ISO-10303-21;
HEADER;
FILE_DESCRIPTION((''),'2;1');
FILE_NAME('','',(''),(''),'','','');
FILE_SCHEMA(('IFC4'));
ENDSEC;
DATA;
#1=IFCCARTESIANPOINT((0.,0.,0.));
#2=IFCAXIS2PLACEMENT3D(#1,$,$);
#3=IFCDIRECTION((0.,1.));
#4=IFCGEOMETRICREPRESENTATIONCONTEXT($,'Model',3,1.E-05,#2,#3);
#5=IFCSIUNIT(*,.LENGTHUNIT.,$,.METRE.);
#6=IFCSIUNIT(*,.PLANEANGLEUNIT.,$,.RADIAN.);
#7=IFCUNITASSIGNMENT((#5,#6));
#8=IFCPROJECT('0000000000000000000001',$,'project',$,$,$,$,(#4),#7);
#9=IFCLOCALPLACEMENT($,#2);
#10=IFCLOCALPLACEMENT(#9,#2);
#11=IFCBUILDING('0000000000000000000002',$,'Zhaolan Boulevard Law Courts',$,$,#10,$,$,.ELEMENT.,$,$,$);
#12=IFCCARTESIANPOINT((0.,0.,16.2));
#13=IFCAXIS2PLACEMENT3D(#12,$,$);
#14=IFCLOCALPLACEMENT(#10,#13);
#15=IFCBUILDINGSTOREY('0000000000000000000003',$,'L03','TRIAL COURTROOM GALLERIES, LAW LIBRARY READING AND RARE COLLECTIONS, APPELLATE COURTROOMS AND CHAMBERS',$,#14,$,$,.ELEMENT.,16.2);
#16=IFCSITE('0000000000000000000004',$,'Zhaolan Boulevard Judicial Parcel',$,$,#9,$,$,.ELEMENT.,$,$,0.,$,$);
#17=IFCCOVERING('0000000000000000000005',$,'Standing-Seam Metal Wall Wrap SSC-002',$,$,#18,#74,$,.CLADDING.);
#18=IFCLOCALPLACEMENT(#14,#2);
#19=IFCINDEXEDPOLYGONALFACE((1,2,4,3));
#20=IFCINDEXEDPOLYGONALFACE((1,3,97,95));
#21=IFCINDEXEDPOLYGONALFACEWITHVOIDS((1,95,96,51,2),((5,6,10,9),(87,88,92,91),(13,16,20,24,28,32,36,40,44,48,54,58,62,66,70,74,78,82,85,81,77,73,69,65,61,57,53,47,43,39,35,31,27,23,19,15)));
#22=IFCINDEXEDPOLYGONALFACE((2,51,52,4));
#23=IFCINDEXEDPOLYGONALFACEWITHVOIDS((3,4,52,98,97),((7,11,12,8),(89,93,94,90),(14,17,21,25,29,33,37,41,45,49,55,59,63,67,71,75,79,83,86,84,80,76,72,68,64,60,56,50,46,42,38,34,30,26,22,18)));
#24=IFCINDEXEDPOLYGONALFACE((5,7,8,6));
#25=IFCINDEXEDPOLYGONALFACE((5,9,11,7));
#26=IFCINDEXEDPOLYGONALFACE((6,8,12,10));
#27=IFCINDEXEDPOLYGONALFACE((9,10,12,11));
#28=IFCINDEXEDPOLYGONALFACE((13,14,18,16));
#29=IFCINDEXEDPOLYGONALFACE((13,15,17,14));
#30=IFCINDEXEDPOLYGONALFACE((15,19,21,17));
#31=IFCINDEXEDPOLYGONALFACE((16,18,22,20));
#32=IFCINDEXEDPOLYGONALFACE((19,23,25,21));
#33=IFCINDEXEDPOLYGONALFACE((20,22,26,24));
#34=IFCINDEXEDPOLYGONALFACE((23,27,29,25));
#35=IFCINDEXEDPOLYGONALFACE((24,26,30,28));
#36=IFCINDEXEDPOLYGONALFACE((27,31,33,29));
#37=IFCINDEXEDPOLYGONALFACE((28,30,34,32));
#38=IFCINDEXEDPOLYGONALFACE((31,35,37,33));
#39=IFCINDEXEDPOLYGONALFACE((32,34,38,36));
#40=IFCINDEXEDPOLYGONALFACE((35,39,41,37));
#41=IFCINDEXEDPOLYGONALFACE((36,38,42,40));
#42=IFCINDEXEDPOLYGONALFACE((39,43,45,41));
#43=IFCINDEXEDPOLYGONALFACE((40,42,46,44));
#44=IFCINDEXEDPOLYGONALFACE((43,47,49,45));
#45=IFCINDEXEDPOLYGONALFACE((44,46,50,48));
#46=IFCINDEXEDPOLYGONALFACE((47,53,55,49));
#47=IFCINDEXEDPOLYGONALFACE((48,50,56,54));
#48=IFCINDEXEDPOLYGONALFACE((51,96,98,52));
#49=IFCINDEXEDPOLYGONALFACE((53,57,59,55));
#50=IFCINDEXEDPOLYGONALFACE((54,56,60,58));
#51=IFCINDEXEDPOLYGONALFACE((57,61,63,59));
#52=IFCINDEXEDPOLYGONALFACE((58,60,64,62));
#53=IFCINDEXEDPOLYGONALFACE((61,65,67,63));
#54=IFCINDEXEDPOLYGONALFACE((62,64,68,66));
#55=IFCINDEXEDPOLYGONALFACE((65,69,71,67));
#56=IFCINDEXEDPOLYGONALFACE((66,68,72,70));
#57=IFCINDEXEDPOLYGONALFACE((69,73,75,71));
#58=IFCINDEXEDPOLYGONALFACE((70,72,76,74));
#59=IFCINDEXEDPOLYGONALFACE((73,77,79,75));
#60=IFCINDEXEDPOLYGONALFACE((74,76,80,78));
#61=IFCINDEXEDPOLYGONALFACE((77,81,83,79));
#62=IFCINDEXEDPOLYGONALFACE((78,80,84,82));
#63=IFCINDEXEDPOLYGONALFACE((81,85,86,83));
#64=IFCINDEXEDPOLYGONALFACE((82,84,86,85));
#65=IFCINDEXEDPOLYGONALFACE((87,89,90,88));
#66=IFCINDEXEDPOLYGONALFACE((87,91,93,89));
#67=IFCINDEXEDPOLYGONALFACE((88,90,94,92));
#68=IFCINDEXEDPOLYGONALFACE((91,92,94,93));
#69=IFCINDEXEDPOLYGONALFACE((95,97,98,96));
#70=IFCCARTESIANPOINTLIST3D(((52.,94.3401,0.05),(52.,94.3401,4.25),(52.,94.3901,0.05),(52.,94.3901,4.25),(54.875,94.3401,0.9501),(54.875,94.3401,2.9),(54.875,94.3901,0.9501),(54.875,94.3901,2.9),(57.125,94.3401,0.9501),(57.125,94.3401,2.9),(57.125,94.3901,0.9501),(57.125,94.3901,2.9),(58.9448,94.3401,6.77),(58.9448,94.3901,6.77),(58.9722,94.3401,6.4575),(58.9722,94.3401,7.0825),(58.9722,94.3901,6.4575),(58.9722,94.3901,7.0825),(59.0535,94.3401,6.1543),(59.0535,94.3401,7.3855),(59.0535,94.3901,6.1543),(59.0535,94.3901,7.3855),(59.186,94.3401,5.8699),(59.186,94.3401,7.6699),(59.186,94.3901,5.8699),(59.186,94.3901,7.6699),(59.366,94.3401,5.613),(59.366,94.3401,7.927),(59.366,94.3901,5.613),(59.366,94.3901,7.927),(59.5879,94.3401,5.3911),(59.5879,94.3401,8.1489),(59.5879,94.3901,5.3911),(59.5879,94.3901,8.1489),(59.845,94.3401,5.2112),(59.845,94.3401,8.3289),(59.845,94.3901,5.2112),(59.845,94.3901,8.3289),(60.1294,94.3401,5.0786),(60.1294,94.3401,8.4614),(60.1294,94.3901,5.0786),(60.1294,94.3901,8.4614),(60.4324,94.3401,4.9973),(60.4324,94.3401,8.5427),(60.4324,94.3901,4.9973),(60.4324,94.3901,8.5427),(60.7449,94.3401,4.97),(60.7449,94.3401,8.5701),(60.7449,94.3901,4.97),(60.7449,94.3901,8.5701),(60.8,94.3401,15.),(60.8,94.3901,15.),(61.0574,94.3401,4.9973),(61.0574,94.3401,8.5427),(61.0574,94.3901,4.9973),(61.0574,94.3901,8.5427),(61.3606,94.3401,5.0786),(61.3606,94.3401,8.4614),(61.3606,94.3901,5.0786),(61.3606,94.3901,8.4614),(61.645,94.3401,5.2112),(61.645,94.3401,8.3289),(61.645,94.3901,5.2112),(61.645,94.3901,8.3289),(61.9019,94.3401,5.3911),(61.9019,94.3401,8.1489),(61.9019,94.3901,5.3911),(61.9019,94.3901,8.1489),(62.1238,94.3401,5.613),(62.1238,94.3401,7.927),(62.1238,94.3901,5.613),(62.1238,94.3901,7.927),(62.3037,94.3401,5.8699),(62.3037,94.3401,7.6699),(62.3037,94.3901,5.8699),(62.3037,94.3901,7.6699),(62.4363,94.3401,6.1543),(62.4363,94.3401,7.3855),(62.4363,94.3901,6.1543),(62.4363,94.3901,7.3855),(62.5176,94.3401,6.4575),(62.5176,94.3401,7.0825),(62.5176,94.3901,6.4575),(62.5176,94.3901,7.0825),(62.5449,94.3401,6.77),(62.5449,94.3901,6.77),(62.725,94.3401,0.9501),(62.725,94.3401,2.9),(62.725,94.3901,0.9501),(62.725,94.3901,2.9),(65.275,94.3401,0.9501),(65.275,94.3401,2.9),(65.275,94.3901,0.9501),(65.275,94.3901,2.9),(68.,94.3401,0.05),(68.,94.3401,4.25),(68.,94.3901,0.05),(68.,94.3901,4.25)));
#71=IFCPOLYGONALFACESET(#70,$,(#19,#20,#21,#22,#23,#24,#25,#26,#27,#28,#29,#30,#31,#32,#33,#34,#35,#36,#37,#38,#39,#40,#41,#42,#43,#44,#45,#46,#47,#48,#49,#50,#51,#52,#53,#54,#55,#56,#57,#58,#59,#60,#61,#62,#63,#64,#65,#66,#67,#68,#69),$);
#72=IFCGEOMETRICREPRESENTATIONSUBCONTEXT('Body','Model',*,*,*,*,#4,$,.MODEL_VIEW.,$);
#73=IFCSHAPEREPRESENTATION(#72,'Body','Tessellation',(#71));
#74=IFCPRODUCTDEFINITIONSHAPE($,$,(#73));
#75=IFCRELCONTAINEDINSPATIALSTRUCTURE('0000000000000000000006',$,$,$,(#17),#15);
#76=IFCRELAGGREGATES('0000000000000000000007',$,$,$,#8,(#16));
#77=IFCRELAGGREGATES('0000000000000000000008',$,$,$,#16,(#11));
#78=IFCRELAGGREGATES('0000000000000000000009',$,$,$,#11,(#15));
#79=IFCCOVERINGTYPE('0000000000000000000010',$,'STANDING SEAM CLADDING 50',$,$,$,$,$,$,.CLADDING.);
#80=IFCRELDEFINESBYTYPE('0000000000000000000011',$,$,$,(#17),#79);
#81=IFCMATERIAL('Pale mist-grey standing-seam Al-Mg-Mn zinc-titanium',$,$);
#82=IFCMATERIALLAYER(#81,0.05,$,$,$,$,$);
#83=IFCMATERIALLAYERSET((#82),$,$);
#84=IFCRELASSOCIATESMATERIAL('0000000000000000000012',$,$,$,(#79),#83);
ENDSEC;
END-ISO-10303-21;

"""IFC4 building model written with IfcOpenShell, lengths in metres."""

from ifc_helpers import new_model, si_unit, direction, frame, frame_2d, origin, place, context, subcontext, project, spatial, polyline, rectangle, outline, extrude, material, layer, layer_set, type_object, element, save


model = new_model("IFC4")

# Units and contexts
model_context = context("Model", 3, precision=1e-05, world=origin(), true_north=direction((0.0, 1.0)))
body_context = subcontext(model_context, "Body", "Model", "MODEL_VIEW")
ifc_project = project(units=[si_unit("LENGTHUNIT", "METRE"), si_unit("PLANEANGLEUNIT", "RADIAN")], contexts=[model_context])

# Site, building, storey
site_placement = place(None, origin())
site = spatial("IfcSite", under=ifc_project, at=site_placement, Name="Zhaolan Boulevard Judicial Parcel", CompositionType="ELEMENT", RefElevation=0.0)
building_placement = place(site_placement, origin())
building = spatial("IfcBuilding", under=site, at=building_placement, Name="Zhaolan Boulevard Law Courts", CompositionType="ELEMENT")
storey_placement = place(building_placement, frame((0.0, 0.0, 16.2)))
storey = spatial("IfcBuildingStorey", under=building, at=storey_placement, Name="L03", Description="TRIAL COURTROOM GALLERIES, LAW LIBRARY READING AND RARE COLLECTIONS, APPELLATE COURTROOMS AND CHAMBERS", CompositionType="ELEMENT", Elevation=16.2)

# Covering, openings
ifc_material_1 = material(Name="Pale mist-grey standing-seam Al-Mg-Mn zinc-titanium")
ifc_layer_1 = layer(ifc_material_1, 0.05)
ifc_layer_set_1 = layer_set([ifc_layer_1])
covering_type = type_object("IfcCoveringType", Name="STANDING SEAM CLADDING 50", PredefinedType="CLADDING", material=ifc_layer_set_1)
covering_placement = place(storey_placement, frame((68.0, 94.365, 0.05), z_axis=(0.0, 0.0, 1.0), x_axis=(-1.0, 0.0, 0.0)))
covering = element("IfcCovering", 1, at=covering_placement, inside=storey, type_object=covering_type, Name="Standing-Seam Metal Wall Wrap SSC-002", PredefinedType="CLADDING", context=body_context, shape_type="SweptSolid", body=[
    extrude(outline(polyline([(0.0, 0.0), (16.0, 0.0), (16.0, 4.2), (7.2, 14.95), (0.0, 4.2), (0.0, 0.0)])), frame((0.0, 0.0249, 0.0), z_axis=(0.0, -1.0, 0.0), x_axis=(1.0, 0.0, 0.0)), (0.0, 0.0, 1.0), 0.05),
])
opening_1_placement = place(storey_placement, frame((57.125, 94.365, 0.95), z_axis=(0.0, 0.0, 1.0), x_axis=(-1.0, 0.0, 0.0)))
element("IfcOpeningElement", 2, at=opening_1_placement, cuts=covering, PredefinedType="OPENING", context=body_context, shape_type="SweptSolid", body=[
    extrude(rectangle(XDim=2.25, YDim=1.95, at=frame_2d((1.125, 0.9751))), frame((0.0, 0.1499, 0.0), z_axis=(0.0, -1.0, 0.0), x_axis=(1.0, 0.0, 0.0)), (0.0, 0.0, 1.0), 0.3),
])
opening_2_placement = place(storey_placement, frame((65.2749, 94.365, 0.95), z_axis=(0.0, 0.0, 1.0), x_axis=(-1.0, 0.0, 0.0)))
element("IfcOpeningElement", 3, at=opening_2_placement, cuts=covering, PredefinedType="OPENING", context=body_context, shape_type="SweptSolid", body=[
    extrude(rectangle(XDim=2.55, YDim=1.95, at=frame_2d((1.2749, 0.9751))), frame((0.0, 0.1499, 0.0), z_axis=(0.0, -1.0, 0.0), x_axis=(1.0, 0.0, 0.0)), (0.0, 0.0, 1.0), 0.3),
])
opening_3_placement = place(storey_placement, frame((62.5449, 94.365, 4.97), z_axis=(0.0, 0.0, 1.0), x_axis=(-1.0, 0.0, 0.0)))
element("IfcOpeningElement", 4, at=opening_3_placement, cuts=covering, PredefinedType="OPENING", context=body_context, shape_type="SweptSolid", body=[
    extrude(outline(polyline([(3.6001, 1.8), (3.5728, 2.1125), (3.4915, 2.4155), (3.3589, 2.7), (3.179, 2.957), (2.957, 3.179), (2.7, 3.3589), (2.4155, 3.4915), (2.1125, 3.5728), (1.8, 3.6001), (1.4875, 3.5728), (1.1843, 3.4915), (0.8999, 3.3589), (0.6431, 3.179), (0.4211, 2.957), (0.2412, 2.7), (0.1086, 2.4155), (0.0273, 2.1125), (0.0, 1.8), (0.0273, 1.4875), (0.1086, 1.1843), (0.2412, 0.8999), (0.4211, 0.6431), (0.6431, 0.4211), (0.8999, 0.2412), (1.1843, 0.1086), (1.4875, 0.0273), (1.8, 0.0), (2.1125, 0.0273), (2.4155, 0.1086), (2.7, 0.2412), (2.957, 0.4211), (3.179, 0.6431), (3.3589, 0.8999), (3.4915, 1.1843), (3.5728, 1.4875), (3.6001, 1.8)])), frame((0.0, 0.1499, 0.0), z_axis=(0.0, -1.0, 0.0), x_axis=(1.0, 0.0, 0.0)), (0.0, 0.0, 1.0), 0.3),
])

save(model, "model.ifc")
